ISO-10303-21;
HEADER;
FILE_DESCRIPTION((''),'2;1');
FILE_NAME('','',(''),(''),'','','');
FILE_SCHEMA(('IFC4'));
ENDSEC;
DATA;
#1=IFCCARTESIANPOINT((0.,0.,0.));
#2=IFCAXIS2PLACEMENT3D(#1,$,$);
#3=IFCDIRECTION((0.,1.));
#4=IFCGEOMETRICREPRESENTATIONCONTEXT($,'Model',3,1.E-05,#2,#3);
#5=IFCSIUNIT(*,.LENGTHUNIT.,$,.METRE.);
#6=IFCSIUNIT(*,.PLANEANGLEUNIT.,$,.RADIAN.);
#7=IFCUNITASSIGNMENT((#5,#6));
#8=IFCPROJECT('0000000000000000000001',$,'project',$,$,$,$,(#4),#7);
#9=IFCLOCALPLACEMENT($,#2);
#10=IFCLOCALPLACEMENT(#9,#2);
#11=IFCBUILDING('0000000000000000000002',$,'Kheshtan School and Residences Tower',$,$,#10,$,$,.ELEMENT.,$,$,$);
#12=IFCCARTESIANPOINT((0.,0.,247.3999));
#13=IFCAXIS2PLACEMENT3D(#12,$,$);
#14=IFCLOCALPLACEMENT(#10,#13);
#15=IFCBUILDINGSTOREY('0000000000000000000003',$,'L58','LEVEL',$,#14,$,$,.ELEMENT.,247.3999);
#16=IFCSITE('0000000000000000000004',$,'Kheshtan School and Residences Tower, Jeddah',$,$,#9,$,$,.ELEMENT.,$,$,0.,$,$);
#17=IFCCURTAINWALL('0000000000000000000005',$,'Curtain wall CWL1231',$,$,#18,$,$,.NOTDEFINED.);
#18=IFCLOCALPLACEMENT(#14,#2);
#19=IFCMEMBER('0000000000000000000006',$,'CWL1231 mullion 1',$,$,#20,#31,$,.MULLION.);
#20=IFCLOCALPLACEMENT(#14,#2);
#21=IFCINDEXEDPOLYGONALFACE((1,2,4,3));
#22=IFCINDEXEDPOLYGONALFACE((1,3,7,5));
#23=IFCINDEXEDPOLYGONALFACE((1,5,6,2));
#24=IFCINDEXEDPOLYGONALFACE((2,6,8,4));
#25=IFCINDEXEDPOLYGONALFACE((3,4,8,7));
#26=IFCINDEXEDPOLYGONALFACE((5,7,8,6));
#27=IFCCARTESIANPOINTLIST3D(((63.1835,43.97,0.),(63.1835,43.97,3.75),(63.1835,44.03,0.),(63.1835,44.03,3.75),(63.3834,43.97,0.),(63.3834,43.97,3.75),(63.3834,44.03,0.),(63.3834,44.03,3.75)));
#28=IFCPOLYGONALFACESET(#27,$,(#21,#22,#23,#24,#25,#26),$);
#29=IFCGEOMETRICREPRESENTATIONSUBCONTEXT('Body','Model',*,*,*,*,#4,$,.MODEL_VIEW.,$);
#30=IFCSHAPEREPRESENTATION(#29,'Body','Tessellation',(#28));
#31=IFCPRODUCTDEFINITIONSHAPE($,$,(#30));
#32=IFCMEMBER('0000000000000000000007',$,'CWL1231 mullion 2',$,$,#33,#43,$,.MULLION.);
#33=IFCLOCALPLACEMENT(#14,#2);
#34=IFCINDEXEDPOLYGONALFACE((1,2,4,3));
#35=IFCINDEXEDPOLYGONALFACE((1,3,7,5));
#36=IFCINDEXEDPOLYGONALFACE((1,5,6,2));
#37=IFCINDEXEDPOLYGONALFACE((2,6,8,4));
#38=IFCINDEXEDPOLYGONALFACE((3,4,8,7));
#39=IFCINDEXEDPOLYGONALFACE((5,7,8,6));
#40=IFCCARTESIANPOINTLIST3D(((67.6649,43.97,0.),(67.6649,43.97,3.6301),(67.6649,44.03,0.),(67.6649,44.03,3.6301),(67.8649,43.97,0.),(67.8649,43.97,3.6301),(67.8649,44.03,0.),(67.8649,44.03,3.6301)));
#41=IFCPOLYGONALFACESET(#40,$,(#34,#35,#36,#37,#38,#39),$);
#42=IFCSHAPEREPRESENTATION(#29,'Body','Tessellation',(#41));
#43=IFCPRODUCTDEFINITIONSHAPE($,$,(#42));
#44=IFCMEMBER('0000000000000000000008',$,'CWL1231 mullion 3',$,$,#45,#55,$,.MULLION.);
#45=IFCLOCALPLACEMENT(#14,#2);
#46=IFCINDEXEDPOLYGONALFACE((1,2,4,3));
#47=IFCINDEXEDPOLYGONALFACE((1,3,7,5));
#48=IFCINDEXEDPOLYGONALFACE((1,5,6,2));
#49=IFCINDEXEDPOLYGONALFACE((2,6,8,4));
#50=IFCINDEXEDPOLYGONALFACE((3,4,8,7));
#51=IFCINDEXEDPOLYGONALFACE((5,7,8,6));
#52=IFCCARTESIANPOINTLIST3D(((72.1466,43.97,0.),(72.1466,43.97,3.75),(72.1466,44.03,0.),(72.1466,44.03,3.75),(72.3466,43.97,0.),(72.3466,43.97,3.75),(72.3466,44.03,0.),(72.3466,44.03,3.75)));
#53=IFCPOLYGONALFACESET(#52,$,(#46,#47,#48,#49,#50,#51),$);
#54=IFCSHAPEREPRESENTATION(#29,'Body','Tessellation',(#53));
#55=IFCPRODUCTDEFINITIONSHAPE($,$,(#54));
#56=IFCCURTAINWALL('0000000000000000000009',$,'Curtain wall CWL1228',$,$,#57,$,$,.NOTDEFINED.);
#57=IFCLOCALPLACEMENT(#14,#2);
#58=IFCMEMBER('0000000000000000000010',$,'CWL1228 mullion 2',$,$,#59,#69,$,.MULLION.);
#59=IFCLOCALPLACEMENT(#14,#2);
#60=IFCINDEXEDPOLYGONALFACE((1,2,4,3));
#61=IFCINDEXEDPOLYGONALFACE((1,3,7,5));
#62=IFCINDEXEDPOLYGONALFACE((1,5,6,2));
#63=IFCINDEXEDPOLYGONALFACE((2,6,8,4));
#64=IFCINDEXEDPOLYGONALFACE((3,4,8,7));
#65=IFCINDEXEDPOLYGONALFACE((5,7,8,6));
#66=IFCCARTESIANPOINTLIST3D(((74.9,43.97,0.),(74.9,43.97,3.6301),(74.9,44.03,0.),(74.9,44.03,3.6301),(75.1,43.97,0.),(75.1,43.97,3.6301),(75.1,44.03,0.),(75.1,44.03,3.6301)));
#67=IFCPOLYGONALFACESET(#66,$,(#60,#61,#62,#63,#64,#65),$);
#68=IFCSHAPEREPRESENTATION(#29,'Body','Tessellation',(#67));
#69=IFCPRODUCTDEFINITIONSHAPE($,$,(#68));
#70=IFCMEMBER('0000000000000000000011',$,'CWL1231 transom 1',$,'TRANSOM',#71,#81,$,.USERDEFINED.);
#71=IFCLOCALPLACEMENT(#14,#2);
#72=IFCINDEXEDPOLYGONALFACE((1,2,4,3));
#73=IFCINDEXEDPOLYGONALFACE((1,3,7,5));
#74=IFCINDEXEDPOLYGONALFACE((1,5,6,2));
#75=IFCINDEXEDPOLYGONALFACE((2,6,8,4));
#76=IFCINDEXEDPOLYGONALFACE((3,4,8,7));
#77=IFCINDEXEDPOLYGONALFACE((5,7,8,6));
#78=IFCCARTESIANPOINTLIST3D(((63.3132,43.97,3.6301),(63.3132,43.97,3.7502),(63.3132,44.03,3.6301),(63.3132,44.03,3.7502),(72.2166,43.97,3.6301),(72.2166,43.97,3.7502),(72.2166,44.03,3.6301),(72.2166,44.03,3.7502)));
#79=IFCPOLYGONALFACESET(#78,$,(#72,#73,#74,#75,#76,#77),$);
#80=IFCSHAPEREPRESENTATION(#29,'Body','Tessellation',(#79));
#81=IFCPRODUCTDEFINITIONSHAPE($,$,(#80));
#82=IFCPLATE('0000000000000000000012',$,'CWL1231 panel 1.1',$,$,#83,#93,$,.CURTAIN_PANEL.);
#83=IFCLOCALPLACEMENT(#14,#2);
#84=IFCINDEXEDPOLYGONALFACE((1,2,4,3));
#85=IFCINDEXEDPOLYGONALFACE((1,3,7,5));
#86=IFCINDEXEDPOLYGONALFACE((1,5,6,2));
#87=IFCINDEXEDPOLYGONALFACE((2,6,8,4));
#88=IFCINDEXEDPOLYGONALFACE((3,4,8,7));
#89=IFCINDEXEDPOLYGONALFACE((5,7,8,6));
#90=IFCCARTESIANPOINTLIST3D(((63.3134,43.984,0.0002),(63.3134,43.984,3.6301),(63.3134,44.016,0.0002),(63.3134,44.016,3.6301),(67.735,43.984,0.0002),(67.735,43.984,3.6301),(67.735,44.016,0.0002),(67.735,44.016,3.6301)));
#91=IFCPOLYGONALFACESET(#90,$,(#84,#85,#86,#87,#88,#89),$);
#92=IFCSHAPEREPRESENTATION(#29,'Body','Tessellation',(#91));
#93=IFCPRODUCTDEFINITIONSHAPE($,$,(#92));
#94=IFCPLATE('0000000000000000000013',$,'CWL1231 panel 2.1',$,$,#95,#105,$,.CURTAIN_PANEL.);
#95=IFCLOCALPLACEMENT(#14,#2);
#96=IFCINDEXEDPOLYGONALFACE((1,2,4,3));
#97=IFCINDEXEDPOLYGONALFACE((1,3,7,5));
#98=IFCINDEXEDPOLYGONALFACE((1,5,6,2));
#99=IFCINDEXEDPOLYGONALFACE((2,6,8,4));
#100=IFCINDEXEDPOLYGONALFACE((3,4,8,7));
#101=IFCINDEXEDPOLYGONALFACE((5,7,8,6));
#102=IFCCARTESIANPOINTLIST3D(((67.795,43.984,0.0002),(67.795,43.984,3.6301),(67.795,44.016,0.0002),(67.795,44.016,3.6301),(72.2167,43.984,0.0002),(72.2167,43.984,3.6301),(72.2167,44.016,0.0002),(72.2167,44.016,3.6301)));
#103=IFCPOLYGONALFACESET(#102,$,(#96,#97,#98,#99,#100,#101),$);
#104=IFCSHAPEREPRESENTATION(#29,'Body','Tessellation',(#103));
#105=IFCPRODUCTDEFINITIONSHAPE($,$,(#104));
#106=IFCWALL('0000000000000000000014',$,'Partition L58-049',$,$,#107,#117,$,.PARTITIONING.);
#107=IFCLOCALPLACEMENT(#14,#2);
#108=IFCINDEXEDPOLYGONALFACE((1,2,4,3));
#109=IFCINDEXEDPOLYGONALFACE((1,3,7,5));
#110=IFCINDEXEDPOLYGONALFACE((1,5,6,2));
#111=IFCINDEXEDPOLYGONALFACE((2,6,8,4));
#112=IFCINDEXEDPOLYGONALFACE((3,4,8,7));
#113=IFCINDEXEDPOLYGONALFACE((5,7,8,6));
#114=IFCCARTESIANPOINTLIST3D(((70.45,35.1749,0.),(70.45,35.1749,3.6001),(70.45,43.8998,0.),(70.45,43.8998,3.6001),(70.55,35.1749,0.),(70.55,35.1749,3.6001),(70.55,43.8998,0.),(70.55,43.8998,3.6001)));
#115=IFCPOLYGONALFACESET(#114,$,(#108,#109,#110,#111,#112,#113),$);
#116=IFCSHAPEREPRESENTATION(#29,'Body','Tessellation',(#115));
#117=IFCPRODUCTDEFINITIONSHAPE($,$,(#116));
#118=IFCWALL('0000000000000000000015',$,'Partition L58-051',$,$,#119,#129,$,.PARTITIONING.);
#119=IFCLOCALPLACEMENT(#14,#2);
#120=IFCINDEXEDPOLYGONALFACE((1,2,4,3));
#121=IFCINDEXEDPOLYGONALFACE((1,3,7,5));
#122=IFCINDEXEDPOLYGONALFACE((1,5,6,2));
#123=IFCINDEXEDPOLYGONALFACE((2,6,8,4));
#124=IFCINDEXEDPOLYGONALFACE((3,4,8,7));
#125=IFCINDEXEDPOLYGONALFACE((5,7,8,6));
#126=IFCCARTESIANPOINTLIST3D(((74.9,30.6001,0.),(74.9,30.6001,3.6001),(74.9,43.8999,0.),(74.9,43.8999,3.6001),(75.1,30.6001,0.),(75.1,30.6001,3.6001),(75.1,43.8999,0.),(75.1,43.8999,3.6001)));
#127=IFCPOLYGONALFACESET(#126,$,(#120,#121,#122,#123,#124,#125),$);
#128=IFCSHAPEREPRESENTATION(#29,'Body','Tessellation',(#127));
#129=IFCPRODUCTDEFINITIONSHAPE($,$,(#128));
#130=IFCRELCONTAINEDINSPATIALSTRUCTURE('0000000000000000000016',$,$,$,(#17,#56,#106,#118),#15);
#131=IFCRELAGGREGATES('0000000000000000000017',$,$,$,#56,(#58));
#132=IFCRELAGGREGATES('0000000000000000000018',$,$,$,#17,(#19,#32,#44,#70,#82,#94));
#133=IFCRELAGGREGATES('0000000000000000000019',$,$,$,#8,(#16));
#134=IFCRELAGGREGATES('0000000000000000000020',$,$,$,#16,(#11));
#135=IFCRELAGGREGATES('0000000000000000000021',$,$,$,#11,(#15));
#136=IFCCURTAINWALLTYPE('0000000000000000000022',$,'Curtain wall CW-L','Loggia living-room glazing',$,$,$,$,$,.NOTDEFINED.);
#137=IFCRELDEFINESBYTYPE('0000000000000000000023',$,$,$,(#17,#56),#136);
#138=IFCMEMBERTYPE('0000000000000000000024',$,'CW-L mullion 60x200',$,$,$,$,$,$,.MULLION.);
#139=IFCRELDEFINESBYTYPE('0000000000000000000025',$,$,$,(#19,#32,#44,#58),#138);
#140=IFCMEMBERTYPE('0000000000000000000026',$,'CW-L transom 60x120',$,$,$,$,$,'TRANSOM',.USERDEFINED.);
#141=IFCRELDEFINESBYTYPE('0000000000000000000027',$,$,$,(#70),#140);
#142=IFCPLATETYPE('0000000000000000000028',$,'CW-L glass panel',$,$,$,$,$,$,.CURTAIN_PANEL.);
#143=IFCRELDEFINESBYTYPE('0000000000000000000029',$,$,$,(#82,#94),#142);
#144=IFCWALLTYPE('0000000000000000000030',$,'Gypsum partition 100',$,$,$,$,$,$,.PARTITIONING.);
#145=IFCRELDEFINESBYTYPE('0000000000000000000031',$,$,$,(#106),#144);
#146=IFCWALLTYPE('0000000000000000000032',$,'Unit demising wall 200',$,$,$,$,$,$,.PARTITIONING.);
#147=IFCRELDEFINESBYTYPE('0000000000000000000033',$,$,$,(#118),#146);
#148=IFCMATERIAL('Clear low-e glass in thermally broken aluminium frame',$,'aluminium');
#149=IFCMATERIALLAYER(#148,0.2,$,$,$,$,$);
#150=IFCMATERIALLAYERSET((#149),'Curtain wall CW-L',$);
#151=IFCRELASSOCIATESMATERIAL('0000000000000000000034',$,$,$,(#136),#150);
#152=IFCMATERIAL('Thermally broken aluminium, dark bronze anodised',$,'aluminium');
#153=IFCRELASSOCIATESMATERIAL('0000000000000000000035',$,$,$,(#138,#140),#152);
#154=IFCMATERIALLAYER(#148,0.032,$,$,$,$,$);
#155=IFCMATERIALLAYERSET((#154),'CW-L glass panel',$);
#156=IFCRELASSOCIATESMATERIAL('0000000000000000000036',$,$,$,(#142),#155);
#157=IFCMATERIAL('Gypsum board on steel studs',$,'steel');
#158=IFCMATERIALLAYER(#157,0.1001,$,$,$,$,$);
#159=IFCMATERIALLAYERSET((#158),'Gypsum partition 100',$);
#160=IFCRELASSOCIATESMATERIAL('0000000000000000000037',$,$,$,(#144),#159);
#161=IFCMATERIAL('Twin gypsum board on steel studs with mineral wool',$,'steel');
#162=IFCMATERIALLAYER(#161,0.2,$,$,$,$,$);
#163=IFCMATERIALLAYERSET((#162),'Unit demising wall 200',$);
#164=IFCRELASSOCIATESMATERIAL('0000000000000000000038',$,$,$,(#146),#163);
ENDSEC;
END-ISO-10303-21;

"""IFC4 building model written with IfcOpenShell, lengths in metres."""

from ifc_helpers import new_model, si_unit, direction, frame, frame_2d, origin, origin_2d, place, context, subcontext, project, spatial, rectangle, extrude, material, layer, layer_set, material_profile, profile_set, type_object, element, aggregate, save


model = new_model("IFC4")

# Units and contexts
model_context = context("Model", 3, precision=1e-05, world=origin(), true_north=direction((0.0, 1.0)))
body_context = subcontext(model_context, "Body", "Model", "MODEL_VIEW")
ifc_project = project(units=[si_unit("LENGTHUNIT", "METRE"), si_unit("PLANEANGLEUNIT", "RADIAN")], contexts=[model_context])

# Site, building, storey
site_placement = place(None, origin())
site = spatial("IfcSite", under=ifc_project, at=site_placement, Name="Kheshtan School and Residences Tower, Jeddah", CompositionType="ELEMENT", RefElevation=0.0)
building_placement = place(site_placement, origin())
building = spatial("IfcBuilding", under=site, at=building_placement, Name="Kheshtan School and Residences Tower", CompositionType="ELEMENT")
storey_placement = place(building_placement, frame((0.0, 0.0, 247.3999)))
storey = spatial("IfcBuildingStorey", under=building, at=storey_placement, Name="L58", Description="LEVEL", CompositionType="ELEMENT", Elevation=247.3999)

# Curtain wall, members
ifc_material_1 = material(Name="Clear low-e glass in thermally broken aluminium frame", Category="aluminium")
ifc_layer_1 = layer(ifc_material_1, 0.2)
ifc_layer_set_1 = layer_set([ifc_layer_1], Name="Curtain wall CW-L")
curtain_wall_type = type_object("IfcCurtainWallType", Name="Curtain wall CW-L", Description="Loggia living-room glazing", PredefinedType="NOTDEFINED", material=ifc_layer_set_1)
curtain_wall_1_placement = place(storey_placement, origin())
curtain_wall_1 = element("IfcCurtainWall", 1, at=curtain_wall_1_placement, inside=storey, type_object=curtain_wall_type, Name="Curtain wall CWL1231", PredefinedType="NOTDEFINED")
ifc_material_2 = material(Name="Thermally broken aluminium, dark bronze anodised", Category="aluminium")
ifc_material_profile_1 = material_profile(ifc_material_2, rectangle(XDim=0.0601, YDim=0.2, at=origin_2d()), Name="CW-L mullion 60x200")
ifc_profile_set_1 = profile_set([ifc_material_profile_1], Name="Thermally broken aluminium, dark bronze anodised")
member_type_1 = type_object("IfcMemberType", Name="CW-L mullion 60x200", PredefinedType="MULLION", material=ifc_profile_set_1)
member_1_placement = place(storey_placement, frame((63.2834, 44.0, 0.0), z_axis=(0.0, 0.0, 1.0), x_axis=(0.0, 1.0, 0.0)))
member_1 = element("IfcMember", 2, at=member_1_placement, type_object=member_type_1, Name="CWL1231 mullion 1", PredefinedType="MULLION", context=body_context, shape_type="SweptSolid", body=[
    extrude(rectangle(XDim=0.0601, YDim=0.2, at=origin_2d()), origin(), (0.0, 0.0, 1.0), 3.75),
])
member_2_placement = place(storey_placement, frame((67.7649, 44.0, 0.0), z_axis=(0.0, 0.0, 1.0), x_axis=(0.0, 1.0, 0.0)))
member_2 = element("IfcMember", 3, at=member_2_placement, type_object=member_type_1, Name="CWL1231 mullion 2", PredefinedType="MULLION", context=body_context, shape_type="SweptSolid", body=[
    extrude(rectangle(XDim=0.0601, YDim=0.2, at=origin_2d()), origin(), (0.0, 0.0, 1.0), 3.6301),
])
member_3_placement = place(storey_placement, frame((72.2466, 44.0, 0.0), z_axis=(0.0, 0.0, 1.0), x_axis=(0.0, 1.0, 0.0)))
member_3 = element("IfcMember", 4, at=member_3_placement, type_object=member_type_1, Name="CWL1231 mullion 3", PredefinedType="MULLION", context=body_context, shape_type="SweptSolid", body=[
    extrude(rectangle(XDim=0.0601, YDim=0.2, at=origin_2d()), origin(), (0.0, 0.0, 1.0), 3.75),
])

# Curtain wall, member
curtain_wall_2_placement = place(storey_placement, origin())
curtain_wall_2 = element("IfcCurtainWall", 5, at=curtain_wall_2_placement, inside=storey, type_object=curtain_wall_type, Name="Curtain wall CWL1228", PredefinedType="NOTDEFINED")
member_4_placement = place(storey_placement, frame((75.0, 44.0, 0.0), z_axis=(0.0, 0.0, 1.0), x_axis=(0.0, 1.0, 0.0)))
member_4 = element("IfcMember", 6, at=member_4_placement, type_object=member_type_1, Name="CWL1228 mullion 2", PredefinedType="MULLION", context=body_context, shape_type="SweptSolid", body=[
    extrude(rectangle(XDim=0.0601, YDim=0.2, at=origin_2d()), origin(), (0.0, 0.0, 1.0), 3.6301),
])
aggregate(curtain_wall_2, [member_4])

# Member
ifc_material_profile_2 = material_profile(ifc_material_2, rectangle(XDim=0.0601, YDim=0.1201, at=origin_2d()), Name="CW-L transom 60x120")
ifc_profile_set_2 = profile_set([ifc_material_profile_2], Name="Thermally broken aluminium, dark bronze anodised")
member_type_2 = type_object("IfcMemberType", Name="CW-L transom 60x120", ElementType="TRANSOM", PredefinedType="USERDEFINED", material=ifc_profile_set_2)
member_5_placement = place(storey_placement, frame((63.3132, 44.0, 3.6902), z_axis=(1.0, 0.0, 0.0), x_axis=(0.0, 1.0, 0.0)))
member_5 = element("IfcMember", 7, at=member_5_placement, type_object=member_type_2, Name="CWL1231 transom 1", ObjectType="TRANSOM", PredefinedType="USERDEFINED", context=body_context, shape_type="SweptSolid", body=[
    extrude(rectangle(XDim=0.0601, YDim=0.1201, at=origin_2d()), origin(), (0.0, 0.0, 1.0), 8.9033),
])

# Plates
ifc_layer_2 = layer(ifc_material_1, 0.032)
ifc_layer_set_2 = layer_set([ifc_layer_2], Name="CW-L glass panel")
plate_type = type_object("IfcPlateType", Name="CW-L glass panel", PredefinedType="CURTAIN_PANEL", material=ifc_layer_set_2)
plate_1_placement = place(storey_placement, frame((65.5242, 44.0, 0.0002), z_axis=(0.0, 0.0, 1.0), x_axis=(1.0, 0.0, 0.0)))
plate_1 = element("IfcPlate", 8, at=plate_1_placement, type_object=plate_type, Name="CWL1231 panel 1.1", PredefinedType="CURTAIN_PANEL", context=body_context, shape_type="SweptSolid", body=[
    extrude(rectangle(XDim=4.4216, YDim=0.032, at=origin_2d()), origin(), (0.0, 0.0, 1.0), 3.6299),
])
plate_2_placement = place(storey_placement, frame((70.0059, 44.0, 0.0002), z_axis=(0.0, 0.0, 1.0), x_axis=(1.0, 0.0, 0.0)))
plate_2 = element("IfcPlate", 9, at=plate_2_placement, type_object=plate_type, Name="CWL1231 panel 2.1", PredefinedType="CURTAIN_PANEL", context=body_context, shape_type="SweptSolid", body=[
    extrude(rectangle(XDim=4.4216, YDim=0.032, at=origin_2d()), origin(), (0.0, 0.0, 1.0), 3.6299),
])
aggregate(curtain_wall_1, [member_1, member_2, member_3, member_5, plate_1, plate_2])

# Walls
ifc_material_3 = material(Name="Gypsum board on steel studs", Category="steel")
ifc_layer_3 = layer(ifc_material_3, 0.1001)
ifc_layer_set_3 = layer_set([ifc_layer_3], Name="Gypsum partition 100")
wall_type_1 = type_object("IfcWallType", Name="Gypsum partition 100", PredefinedType="PARTITIONING", material=ifc_layer_set_3)
wall_1_placement = place(storey_placement, frame((70.5, 35.175, 0.0), z_axis=(0.0, 0.0, 1.0), x_axis=(0.0, 1.0, 0.0)))
element("IfcWall", 10, at=wall_1_placement, inside=storey, type_object=wall_type_1, Name="Partition L58-049", PredefinedType="PARTITIONING", context=body_context, shape_type="SweptSolid", body=[
    extrude(rectangle(XDim=8.7249, YDim=0.1001, at=frame_2d((4.3623, 0.0))), origin(), (0.0, 0.0, 1.0), 3.6001),
])
ifc_material_4 = material(Name="Twin gypsum board on steel studs with mineral wool", Category="steel")
ifc_layer_4 = layer(ifc_material_4, 0.2)
ifc_layer_set_4 = layer_set([ifc_layer_4], Name="Unit demising wall 200")
wall_type_2 = type_object("IfcWallType", Name="Unit demising wall 200", PredefinedType="PARTITIONING", material=ifc_layer_set_4)
wall_2_placement = place(storey_placement, frame((75.0, 30.6001, 0.0), z_axis=(0.0, 0.0, 1.0), x_axis=(0.0, 1.0, 0.0)))
element("IfcWall", 11, at=wall_2_placement, inside=storey, type_object=wall_type_2, Name="Partition L58-051", PredefinedType="PARTITIONING", context=body_context, shape_type="SweptSolid", body=[
    extrude(rectangle(XDim=13.2998, YDim=0.2, at=frame_2d((6.6499, 0.0))), origin(), (0.0, 0.0, 1.0), 3.6001),
])

save(model, "model.ifc")
